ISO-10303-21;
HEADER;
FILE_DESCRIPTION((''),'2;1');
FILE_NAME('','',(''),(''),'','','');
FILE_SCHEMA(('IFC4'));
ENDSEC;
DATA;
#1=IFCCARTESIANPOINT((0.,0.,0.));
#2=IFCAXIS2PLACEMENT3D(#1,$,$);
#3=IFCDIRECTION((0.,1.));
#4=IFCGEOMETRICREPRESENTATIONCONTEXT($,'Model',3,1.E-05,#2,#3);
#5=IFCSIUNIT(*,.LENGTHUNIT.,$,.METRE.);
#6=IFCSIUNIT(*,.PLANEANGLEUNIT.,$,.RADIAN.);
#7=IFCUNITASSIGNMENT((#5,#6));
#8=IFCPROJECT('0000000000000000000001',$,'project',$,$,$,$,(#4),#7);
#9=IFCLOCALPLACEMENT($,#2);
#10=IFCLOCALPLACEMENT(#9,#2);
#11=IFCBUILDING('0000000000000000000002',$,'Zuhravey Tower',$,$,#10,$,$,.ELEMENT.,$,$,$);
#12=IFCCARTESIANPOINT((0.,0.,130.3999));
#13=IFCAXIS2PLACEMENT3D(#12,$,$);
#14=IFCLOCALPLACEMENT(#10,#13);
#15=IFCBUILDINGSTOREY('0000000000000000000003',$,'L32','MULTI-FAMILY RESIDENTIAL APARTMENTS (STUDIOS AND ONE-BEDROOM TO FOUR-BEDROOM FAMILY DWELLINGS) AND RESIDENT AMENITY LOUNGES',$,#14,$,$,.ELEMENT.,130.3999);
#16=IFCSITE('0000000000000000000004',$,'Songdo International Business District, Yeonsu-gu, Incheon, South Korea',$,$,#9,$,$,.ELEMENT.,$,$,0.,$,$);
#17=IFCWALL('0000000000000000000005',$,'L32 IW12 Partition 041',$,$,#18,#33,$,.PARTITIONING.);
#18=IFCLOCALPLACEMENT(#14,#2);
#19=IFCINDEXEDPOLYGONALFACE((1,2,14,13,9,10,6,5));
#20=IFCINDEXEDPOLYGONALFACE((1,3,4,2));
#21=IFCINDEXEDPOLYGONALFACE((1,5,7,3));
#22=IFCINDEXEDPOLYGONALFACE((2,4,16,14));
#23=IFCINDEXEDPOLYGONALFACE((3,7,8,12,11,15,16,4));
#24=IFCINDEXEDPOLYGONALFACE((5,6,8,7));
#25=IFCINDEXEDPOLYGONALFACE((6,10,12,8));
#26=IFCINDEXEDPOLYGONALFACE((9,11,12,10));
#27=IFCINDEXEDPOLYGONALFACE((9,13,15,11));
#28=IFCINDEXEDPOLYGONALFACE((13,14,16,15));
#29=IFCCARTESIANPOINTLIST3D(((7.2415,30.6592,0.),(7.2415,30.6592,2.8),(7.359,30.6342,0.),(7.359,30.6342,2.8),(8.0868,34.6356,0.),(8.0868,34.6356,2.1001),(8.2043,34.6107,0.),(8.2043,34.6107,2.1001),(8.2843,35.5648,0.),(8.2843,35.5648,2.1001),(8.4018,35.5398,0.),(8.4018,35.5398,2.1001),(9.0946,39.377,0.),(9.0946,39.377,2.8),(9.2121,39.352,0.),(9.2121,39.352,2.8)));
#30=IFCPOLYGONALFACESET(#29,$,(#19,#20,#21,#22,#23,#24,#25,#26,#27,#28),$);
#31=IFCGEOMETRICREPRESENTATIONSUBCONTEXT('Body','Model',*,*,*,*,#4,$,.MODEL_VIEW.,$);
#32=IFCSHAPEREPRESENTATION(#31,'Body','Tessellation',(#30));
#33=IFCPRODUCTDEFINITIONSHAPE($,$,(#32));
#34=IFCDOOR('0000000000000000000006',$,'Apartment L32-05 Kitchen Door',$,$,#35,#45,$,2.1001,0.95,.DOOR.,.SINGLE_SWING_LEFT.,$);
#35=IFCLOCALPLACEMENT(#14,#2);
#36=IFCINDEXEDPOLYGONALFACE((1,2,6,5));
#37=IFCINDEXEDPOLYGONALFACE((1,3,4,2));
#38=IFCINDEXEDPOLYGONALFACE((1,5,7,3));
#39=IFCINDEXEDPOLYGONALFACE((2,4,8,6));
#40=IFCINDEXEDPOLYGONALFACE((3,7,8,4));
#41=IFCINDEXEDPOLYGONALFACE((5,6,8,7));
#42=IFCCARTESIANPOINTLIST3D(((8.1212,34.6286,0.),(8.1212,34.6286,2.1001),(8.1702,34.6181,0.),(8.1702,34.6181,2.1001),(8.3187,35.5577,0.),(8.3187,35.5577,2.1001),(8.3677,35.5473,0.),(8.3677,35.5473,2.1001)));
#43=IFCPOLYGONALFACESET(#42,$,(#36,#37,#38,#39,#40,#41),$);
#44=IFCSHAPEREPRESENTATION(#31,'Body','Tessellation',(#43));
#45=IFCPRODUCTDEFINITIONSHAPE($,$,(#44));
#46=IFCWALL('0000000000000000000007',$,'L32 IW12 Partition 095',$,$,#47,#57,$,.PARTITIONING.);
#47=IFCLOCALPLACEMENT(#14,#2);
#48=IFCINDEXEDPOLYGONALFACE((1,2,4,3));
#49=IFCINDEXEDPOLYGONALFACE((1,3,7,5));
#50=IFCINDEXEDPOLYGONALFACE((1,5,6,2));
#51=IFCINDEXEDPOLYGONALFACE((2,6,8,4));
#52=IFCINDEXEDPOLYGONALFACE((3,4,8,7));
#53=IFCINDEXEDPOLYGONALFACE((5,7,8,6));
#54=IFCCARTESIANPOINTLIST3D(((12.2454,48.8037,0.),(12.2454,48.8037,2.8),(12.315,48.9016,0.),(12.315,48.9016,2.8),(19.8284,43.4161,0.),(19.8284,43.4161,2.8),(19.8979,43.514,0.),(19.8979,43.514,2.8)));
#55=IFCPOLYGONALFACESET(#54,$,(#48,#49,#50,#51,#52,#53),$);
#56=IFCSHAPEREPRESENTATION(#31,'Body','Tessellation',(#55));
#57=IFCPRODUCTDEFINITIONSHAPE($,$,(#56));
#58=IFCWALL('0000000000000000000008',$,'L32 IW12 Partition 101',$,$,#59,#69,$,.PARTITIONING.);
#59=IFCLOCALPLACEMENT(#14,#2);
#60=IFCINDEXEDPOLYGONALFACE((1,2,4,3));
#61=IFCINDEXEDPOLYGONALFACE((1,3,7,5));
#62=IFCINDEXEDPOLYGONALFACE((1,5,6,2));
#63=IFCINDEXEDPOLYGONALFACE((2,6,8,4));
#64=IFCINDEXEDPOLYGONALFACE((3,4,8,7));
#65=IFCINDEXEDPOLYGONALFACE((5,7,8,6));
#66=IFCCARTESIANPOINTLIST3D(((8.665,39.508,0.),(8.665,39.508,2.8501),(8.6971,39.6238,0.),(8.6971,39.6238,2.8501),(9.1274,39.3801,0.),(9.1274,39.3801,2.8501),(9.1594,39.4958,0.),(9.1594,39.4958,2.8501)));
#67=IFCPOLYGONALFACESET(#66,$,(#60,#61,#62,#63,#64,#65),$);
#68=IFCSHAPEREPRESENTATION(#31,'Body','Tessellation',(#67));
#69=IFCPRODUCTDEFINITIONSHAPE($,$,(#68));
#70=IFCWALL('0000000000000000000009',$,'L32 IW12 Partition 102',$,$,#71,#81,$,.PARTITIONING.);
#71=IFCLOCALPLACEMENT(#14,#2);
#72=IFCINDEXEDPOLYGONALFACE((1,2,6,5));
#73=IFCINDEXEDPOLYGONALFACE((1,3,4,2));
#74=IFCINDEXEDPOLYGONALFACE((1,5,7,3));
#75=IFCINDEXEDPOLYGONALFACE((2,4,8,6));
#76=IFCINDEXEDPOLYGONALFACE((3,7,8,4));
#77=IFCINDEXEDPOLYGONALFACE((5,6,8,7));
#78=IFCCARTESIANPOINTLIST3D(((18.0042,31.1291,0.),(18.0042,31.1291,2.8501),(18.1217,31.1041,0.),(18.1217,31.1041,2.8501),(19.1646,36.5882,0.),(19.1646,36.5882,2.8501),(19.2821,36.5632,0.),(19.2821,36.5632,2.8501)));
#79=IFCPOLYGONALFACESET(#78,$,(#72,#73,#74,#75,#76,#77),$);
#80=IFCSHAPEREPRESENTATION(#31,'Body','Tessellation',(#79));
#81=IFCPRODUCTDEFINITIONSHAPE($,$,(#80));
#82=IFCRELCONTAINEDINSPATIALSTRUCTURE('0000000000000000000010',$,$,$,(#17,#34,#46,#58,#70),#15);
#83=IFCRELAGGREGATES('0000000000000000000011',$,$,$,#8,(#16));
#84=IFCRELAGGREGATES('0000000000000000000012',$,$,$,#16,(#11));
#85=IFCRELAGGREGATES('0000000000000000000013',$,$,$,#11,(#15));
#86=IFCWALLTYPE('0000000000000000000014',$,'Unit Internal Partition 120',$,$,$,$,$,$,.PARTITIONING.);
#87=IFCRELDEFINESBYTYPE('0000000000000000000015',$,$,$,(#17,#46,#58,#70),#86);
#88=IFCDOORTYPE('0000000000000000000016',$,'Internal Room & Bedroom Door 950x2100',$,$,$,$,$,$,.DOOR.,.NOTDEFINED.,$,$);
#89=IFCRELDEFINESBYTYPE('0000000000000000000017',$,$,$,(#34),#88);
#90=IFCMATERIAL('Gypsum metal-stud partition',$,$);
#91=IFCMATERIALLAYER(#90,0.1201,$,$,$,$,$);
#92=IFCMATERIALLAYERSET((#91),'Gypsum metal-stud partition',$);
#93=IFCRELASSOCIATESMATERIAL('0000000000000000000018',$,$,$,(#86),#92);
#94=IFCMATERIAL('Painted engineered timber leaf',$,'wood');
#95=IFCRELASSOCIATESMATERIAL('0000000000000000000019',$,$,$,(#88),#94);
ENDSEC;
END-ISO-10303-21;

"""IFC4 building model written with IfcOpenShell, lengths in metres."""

from ifc_helpers import new_model, si_unit, direction, frame, frame_2d, origin, place, context, subcontext, project, spatial, rectangle, extrude, material, layer, layer_set, type_object, element, fill, save


model = new_model("IFC4")

# Units and contexts
model_context = context("Model", 3, precision=1e-05, world=origin(), true_north=direction((0.0, 1.0)))
body_context = subcontext(model_context, "Body", "Model", "MODEL_VIEW")
ifc_project = project(units=[si_unit("LENGTHUNIT", "METRE"), si_unit("PLANEANGLEUNIT", "RADIAN")], contexts=[model_context])

# Site, building, storey
site_placement = place(None, origin())
site = spatial("IfcSite", under=ifc_project, at=site_placement, Name="Songdo International Business District, Yeonsu-gu, Incheon, South Korea", CompositionType="ELEMENT", RefElevation=0.0)
building_placement = place(site_placement, origin())
building = spatial("IfcBuilding", under=site, at=building_placement, Name="Zuhravey Tower", CompositionType="ELEMENT")
storey_placement = place(building_placement, frame((0.0, 0.0, 130.3999)))
storey = spatial("IfcBuildingStorey", under=building, at=storey_placement, Name="L32", Description="MULTI-FAMILY RESIDENTIAL APARTMENTS (STUDIOS AND ONE-BEDROOM TO FOUR-BEDROOM FAMILY DWELLINGS) AND RESIDENT AMENITY LOUNGES", CompositionType="ELEMENT", Elevation=130.3999)

# Shared definitions
ifc_material_1 = material(Name="Gypsum metal-stud partition")
ifc_layer_1 = layer(ifc_material_1, 0.1201)
ifc_layer_set_1 = layer_set([ifc_layer_1], Name="Gypsum metal-stud partition")
wall_type = type_object("IfcWallType", Name="Unit Internal Partition 120", PredefinedType="PARTITIONING", material=ifc_layer_set_1)
ifc_material_2 = material(Name="Painted engineered timber leaf", Category="wood")
door_type = type_object("IfcDoorType", Name="Internal Room & Bedroom Door 950x2100", OperationType="NOTDEFINED", PredefinedType="DOOR", material=ifc_material_2)

# Wall, opening, door
wall_1_placement = place(storey_placement, frame((9.1533, 39.3645, 0.0), z_axis=(0.0, 0.0, 1.0), x_axis=(-0.207912, -0.978147, 0.0)))
wall_1 = element("IfcWall", 1, at=wall_1_placement, inside=storey, type_object=wall_type, Name="L32 IW12 Partition 041", PredefinedType="PARTITIONING", context=body_context, shape_type="SweptSolid", body=[
    extrude(rectangle(XDim=8.9126, YDim=0.1201, at=frame_2d((4.4563, 0.0))), origin(), (0.0, 0.0, 1.0), 2.8),
])
opening_1_placement = place(wall_1_placement, frame((3.8972, 0.0, 0.0)))
opening_1 = element("IfcOpeningElement", 2, at=opening_1_placement, cuts=wall_1, PredefinedType="OPENING", context=body_context, shape_type="SweptSolid", body=[
    extrude(rectangle(XDim=0.95, YDim=2.1001, at=frame_2d((0.4751, 1.05))), frame((0.0, 0.072, 0.0), z_axis=(0.0, -1.0, 0.0), x_axis=(1.0, 0.0, 0.0)), (0.0, 0.0, 1.0), 0.144),
])
door_1_placement = place(opening_1_placement, frame((0.95, 0.0, 0.0), z_axis=(0.0, 0.0, 1.0), x_axis=(-1.0, 0.0, 0.0)))
door_1 = element("IfcDoor", 3, at=door_1_placement, inside=storey, type_object=door_type, Name="Apartment L32-05 Kitchen Door", OperationType="SINGLE_SWING_LEFT", OverallHeight=2.1001, OverallWidth=0.95, PredefinedType="DOOR", context=body_context, shape_type="SweptSolid", body=[
    extrude(rectangle(XDim=0.95, YDim=2.1001, at=frame_2d((0.4751, 1.05))), frame((0.0, 0.0249, 0.0), z_axis=(0.0, -1.0, 0.0), x_axis=(1.0, 0.0, 0.0)), (0.0, 0.0, 1.0), 0.05),
])
fill(opening_1, door_1)

# Walls
wall_2_placement = place(storey_placement, frame((19.863, 43.4651, 0.0), z_axis=(0.0, 0.0, 1.0), x_axis=(-0.815192, 0.579191, 0.0)))
element("IfcWall", 4, at=wall_2_placement, inside=storey, type_object=wall_type, Name="L32 IW12 Partition 095", PredefinedType="PARTITIONING", context=body_context, shape_type="SweptSolid", body=[
    extrude(rectangle(XDim=9.302, YDim=0.1201, at=frame_2d((4.6509, 0.0))), origin(), (0.0, 0.0, 1.0), 2.8),
])
wall_3_placement = place(storey_placement, frame((9.1433, 39.438, 0.0), z_axis=(0.0, 0.0, 1.0), x_axis=(-0.963794, 0.266646, 0.0)))
element("IfcWall", 5, at=wall_3_placement, inside=storey, type_object=wall_type, Name="L32 IW12 Partition 101", PredefinedType="PARTITIONING", context=body_context, shape_type="SweptSolid", body=[
    extrude(rectangle(XDim=0.4797, YDim=0.1201, at=frame_2d((0.2397, 0.0))), origin(), (0.0, 0.0, 1.0), 2.8501),
])
wall_4_placement = place(storey_placement, frame((19.2234, 36.5757, 0.0), z_axis=(0.0, 0.0, 1.0), x_axis=(-0.207922, -0.978146, 0.0)))
element("IfcWall", 6, at=wall_4_placement, inside=storey, type_object=wall_type, Name="L32 IW12 Partition 102", PredefinedType="PARTITIONING", context=body_context, shape_type="SweptSolid", body=[
    extrude(rectangle(XDim=5.5811, YDim=0.1201, at=frame_2d((2.7905, 0.0))), origin(), (0.0, 0.0, 1.0), 2.8501),
])

save(model, "model.ifc")
